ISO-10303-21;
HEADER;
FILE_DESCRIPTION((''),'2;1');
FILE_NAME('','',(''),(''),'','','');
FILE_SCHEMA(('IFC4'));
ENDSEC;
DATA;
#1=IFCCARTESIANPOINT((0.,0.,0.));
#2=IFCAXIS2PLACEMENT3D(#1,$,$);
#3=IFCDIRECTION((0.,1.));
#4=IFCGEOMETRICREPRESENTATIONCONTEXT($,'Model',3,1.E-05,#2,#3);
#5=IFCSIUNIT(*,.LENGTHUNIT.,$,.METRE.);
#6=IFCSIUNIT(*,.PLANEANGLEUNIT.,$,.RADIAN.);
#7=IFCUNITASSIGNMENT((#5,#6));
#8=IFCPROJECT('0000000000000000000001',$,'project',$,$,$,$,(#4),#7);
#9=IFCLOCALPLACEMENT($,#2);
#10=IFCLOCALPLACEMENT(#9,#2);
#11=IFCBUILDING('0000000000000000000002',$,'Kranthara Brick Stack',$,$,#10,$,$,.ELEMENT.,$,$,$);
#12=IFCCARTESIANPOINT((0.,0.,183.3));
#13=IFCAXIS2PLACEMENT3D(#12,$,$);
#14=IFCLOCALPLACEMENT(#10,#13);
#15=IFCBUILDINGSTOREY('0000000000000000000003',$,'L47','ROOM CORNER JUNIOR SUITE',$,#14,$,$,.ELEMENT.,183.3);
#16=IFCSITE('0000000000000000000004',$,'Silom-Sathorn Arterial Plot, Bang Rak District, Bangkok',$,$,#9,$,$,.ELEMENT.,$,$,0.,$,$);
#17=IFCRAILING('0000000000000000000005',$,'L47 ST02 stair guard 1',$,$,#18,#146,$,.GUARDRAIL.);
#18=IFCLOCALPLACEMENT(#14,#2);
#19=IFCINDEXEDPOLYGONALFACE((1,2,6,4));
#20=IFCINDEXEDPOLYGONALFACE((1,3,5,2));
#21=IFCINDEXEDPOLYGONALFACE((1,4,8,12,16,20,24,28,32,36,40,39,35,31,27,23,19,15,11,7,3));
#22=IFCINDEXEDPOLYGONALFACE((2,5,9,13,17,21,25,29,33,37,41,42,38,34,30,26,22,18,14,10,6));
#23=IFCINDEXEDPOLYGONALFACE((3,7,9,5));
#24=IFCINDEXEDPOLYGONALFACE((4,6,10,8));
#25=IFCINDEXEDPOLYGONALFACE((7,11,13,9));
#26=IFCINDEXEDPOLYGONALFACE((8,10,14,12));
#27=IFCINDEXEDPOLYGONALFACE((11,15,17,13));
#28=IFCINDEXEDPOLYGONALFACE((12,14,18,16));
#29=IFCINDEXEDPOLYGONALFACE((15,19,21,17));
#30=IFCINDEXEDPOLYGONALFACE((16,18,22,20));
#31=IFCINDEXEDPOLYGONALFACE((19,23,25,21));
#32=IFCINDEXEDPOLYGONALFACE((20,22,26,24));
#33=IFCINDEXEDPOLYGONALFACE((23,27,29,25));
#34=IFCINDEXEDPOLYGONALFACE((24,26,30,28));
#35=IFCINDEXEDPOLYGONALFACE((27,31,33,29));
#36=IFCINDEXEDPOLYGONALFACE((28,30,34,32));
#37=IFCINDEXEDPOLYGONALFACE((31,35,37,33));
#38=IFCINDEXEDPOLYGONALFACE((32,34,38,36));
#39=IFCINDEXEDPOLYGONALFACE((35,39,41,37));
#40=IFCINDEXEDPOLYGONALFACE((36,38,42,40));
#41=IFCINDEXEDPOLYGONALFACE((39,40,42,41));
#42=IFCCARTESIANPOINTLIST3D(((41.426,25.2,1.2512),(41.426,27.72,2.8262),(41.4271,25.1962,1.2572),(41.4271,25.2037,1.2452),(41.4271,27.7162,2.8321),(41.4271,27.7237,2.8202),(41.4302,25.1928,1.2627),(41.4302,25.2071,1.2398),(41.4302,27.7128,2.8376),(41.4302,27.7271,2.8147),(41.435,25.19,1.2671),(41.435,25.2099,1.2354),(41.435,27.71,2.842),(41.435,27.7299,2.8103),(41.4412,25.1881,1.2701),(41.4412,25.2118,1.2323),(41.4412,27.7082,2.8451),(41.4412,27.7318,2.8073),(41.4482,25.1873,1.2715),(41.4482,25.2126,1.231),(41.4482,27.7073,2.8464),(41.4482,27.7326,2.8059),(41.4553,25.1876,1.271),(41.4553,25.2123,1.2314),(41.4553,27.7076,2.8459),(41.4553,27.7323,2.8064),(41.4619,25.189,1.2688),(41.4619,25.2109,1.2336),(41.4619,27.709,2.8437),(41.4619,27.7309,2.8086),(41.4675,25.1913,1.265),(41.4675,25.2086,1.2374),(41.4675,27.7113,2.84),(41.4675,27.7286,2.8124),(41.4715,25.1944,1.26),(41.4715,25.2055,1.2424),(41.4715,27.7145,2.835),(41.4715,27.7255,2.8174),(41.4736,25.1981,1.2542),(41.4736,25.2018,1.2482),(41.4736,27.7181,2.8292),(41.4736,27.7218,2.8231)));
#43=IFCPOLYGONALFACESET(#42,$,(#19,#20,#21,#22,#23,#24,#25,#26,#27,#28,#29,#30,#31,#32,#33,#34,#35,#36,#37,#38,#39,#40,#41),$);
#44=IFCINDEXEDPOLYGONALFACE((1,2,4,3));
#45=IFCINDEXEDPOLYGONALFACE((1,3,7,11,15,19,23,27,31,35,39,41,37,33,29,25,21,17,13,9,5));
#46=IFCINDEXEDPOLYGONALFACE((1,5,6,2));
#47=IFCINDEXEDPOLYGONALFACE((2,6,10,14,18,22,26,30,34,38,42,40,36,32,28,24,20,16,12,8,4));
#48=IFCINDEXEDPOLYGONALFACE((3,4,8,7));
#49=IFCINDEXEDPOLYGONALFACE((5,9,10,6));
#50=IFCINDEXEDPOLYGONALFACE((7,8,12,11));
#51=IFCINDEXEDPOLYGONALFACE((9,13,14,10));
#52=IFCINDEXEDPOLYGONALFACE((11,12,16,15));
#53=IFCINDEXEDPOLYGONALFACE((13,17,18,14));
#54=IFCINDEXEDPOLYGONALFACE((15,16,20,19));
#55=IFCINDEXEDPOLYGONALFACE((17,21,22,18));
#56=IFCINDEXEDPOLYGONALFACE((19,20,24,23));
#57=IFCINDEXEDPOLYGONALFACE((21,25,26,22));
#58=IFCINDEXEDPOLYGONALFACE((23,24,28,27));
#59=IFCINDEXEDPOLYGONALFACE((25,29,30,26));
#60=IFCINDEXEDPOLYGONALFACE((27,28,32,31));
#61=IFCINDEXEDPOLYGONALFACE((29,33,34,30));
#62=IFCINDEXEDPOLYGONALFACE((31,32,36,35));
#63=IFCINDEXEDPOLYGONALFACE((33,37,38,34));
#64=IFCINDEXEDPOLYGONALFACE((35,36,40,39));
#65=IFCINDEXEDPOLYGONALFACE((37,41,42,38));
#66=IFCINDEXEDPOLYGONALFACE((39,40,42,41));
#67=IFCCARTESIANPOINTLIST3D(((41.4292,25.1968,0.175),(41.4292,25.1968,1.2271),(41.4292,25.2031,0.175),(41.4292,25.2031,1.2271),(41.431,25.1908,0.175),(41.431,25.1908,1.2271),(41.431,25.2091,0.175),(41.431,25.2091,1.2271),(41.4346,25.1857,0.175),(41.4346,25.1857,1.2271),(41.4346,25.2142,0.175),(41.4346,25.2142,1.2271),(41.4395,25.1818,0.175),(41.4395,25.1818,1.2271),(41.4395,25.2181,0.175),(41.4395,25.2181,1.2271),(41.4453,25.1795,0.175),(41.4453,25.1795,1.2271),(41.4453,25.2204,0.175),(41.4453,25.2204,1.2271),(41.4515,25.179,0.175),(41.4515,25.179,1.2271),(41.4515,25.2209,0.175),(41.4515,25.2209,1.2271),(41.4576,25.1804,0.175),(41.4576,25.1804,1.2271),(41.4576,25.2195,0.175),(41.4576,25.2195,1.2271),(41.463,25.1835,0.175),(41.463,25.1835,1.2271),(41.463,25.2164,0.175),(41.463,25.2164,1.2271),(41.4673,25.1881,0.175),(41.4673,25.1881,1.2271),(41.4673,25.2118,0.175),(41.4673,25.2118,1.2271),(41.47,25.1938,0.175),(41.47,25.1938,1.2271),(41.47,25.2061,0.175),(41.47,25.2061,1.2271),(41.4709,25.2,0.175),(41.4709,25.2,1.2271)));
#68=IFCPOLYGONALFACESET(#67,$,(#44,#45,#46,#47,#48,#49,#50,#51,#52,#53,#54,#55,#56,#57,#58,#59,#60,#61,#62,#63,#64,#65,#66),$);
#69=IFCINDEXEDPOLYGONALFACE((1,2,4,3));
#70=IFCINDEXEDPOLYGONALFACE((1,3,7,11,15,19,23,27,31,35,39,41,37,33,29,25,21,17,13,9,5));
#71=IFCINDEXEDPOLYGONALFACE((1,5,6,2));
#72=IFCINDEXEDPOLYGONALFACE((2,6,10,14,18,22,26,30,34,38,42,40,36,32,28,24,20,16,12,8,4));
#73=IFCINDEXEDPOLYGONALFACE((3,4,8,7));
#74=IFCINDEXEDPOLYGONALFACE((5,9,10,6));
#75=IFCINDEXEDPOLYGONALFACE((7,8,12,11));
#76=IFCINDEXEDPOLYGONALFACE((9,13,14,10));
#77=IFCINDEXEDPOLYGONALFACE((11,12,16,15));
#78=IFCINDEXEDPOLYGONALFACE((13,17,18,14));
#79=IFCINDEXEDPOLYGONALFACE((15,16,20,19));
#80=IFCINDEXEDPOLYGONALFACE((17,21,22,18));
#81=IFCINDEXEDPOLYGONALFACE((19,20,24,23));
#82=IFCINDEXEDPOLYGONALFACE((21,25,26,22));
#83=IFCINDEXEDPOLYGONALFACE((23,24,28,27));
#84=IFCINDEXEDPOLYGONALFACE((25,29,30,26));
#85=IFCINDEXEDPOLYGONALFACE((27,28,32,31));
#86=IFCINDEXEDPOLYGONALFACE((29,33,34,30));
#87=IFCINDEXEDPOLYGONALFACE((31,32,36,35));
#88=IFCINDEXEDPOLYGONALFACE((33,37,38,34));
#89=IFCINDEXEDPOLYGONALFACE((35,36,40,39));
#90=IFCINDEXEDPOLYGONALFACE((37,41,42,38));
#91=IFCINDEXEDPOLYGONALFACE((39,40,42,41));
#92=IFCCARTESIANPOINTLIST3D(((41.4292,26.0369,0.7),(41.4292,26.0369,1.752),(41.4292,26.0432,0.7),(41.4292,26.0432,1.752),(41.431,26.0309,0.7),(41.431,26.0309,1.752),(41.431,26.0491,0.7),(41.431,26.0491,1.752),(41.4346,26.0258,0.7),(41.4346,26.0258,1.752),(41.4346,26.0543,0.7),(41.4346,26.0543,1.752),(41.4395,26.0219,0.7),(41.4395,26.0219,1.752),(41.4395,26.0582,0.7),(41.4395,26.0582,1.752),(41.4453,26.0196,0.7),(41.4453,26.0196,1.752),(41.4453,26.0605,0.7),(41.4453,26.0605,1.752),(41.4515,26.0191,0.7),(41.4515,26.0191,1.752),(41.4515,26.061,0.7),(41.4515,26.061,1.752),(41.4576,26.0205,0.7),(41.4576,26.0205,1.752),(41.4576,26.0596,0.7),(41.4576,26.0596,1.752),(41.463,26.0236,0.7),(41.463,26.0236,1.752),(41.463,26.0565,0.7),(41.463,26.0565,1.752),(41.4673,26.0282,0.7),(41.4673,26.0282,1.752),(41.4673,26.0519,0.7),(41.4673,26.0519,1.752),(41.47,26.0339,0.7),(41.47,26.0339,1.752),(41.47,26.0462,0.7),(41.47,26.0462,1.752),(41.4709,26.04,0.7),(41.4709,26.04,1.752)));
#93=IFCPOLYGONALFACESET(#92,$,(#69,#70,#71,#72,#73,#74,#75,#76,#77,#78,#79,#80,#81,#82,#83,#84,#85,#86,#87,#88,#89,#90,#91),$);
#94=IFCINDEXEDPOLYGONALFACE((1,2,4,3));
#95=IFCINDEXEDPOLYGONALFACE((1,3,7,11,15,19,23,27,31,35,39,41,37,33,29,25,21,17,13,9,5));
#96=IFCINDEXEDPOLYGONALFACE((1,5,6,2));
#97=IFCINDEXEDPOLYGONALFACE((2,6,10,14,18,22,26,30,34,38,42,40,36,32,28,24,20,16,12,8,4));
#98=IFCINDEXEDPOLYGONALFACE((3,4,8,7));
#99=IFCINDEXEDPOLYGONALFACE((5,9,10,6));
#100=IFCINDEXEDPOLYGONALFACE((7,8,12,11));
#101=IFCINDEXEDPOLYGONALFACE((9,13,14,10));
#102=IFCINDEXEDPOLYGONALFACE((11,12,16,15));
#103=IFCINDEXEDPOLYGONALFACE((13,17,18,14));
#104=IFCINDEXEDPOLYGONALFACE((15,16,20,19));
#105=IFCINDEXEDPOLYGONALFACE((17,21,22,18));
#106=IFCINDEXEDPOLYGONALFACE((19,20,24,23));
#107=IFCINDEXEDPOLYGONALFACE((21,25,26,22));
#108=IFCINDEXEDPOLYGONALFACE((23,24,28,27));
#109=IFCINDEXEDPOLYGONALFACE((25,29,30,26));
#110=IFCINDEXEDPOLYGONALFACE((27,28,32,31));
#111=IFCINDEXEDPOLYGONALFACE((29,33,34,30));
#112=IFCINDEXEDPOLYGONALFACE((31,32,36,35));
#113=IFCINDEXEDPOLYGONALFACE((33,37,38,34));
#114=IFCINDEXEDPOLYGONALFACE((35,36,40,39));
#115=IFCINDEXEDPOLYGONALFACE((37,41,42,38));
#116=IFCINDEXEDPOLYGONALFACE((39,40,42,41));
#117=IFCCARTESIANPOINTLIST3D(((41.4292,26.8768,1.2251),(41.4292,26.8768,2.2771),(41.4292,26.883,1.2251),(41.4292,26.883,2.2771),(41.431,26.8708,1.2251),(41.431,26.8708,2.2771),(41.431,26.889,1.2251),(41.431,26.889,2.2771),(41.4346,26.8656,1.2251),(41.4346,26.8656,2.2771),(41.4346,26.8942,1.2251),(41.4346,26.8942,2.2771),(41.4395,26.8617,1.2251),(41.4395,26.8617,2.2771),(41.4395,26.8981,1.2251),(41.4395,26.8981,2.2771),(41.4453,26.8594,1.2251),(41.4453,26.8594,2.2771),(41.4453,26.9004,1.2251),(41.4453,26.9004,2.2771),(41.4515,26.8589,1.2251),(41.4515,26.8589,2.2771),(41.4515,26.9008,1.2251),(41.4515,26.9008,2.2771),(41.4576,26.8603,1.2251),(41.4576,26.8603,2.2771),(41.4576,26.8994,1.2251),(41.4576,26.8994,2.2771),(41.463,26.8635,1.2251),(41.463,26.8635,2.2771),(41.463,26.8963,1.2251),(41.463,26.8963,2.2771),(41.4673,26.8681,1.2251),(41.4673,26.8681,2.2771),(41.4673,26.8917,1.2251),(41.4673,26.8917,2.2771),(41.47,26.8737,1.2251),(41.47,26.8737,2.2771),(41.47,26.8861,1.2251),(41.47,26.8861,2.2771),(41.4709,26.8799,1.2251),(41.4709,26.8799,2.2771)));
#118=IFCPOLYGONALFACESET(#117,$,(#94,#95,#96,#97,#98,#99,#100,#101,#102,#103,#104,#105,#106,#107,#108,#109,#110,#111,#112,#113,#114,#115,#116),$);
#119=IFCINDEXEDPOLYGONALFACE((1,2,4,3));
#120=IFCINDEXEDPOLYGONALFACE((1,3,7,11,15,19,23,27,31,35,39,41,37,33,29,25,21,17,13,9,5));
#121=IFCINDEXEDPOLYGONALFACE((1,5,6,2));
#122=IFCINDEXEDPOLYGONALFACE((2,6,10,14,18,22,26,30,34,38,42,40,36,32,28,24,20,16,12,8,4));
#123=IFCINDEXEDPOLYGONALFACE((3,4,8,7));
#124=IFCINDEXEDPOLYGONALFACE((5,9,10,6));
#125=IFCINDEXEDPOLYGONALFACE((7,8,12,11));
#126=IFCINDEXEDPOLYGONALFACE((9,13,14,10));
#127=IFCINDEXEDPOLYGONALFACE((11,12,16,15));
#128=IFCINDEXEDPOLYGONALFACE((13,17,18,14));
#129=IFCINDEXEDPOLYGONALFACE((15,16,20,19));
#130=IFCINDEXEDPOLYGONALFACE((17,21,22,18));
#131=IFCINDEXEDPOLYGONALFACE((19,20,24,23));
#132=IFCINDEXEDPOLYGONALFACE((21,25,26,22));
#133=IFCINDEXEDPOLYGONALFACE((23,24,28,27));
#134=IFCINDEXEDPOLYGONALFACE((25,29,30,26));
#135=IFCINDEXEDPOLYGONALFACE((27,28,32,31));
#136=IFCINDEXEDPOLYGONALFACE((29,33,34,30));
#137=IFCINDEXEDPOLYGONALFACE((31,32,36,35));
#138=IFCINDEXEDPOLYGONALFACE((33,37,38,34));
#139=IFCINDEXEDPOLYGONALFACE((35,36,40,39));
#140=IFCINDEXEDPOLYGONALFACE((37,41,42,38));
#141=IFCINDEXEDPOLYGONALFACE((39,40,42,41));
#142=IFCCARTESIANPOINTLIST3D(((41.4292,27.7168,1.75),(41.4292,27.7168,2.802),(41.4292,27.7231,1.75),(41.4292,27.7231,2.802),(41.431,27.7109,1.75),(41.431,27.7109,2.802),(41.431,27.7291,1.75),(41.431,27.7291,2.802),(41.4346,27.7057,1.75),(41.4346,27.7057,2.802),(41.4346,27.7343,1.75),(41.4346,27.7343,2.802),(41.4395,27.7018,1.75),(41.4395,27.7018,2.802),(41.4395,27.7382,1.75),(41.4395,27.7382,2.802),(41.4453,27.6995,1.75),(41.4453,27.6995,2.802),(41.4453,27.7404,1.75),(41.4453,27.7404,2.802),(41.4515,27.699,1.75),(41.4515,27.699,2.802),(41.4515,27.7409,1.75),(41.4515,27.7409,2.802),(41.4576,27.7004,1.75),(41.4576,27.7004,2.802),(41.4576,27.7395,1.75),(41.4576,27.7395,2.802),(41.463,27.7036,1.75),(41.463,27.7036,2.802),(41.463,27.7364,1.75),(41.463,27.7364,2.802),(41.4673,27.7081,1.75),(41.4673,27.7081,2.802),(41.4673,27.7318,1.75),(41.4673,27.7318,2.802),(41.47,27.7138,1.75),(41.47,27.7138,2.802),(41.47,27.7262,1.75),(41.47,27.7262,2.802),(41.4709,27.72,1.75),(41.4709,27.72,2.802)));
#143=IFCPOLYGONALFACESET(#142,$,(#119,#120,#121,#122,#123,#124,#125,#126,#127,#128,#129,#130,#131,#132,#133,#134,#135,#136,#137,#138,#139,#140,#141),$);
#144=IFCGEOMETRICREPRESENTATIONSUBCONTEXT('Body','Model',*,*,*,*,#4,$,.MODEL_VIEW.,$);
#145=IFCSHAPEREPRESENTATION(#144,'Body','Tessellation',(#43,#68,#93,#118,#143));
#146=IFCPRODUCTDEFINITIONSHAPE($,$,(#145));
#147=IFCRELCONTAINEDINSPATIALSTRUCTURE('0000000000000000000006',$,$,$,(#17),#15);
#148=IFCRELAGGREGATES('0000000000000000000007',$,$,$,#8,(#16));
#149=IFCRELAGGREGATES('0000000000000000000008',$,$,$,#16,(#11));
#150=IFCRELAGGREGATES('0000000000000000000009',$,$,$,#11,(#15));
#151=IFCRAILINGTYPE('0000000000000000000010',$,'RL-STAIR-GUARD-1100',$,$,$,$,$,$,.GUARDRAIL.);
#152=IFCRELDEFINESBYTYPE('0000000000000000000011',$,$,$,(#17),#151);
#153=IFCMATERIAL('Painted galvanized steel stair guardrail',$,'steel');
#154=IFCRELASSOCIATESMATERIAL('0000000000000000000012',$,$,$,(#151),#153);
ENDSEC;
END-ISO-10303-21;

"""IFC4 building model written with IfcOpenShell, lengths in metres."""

from ifc_helpers import new_model, si_unit, direction, frame, origin, origin_2d, place, context, subcontext, project, spatial, circle, extrude, material, type_object, element, save


model = new_model("IFC4")

# Units and contexts
model_context = context("Model", 3, precision=1e-05, world=origin(), true_north=direction((0.0, 1.0)))
body_context = subcontext(model_context, "Body", "Model", "MODEL_VIEW")
ifc_project = project(units=[si_unit("LENGTHUNIT", "METRE"), si_unit("PLANEANGLEUNIT", "RADIAN")], contexts=[model_context])

# Site, building, storey
site_placement = place(None, origin())
site = spatial("IfcSite", under=ifc_project, at=site_placement, Name="Silom-Sathorn Arterial Plot, Bang Rak District, Bangkok", CompositionType="ELEMENT", RefElevation=0.0)
building_placement = place(site_placement, origin())
building = spatial("IfcBuilding", under=site, at=building_placement, Name="Kranthara Brick Stack", CompositionType="ELEMENT")
storey_placement = place(building_placement, frame((0.0, 0.0, 183.3)))
storey = spatial("IfcBuildingStorey", under=building, at=storey_placement, Name="L47", Description="ROOM CORNER JUNIOR SUITE", CompositionType="ELEMENT", Elevation=183.3)

# Railing
ifc_material_1 = material(Name="Painted galvanized steel stair guardrail", Category="steel")
railing_type_1 = type_object("IfcRailingType", Name="RL-STAIR-GUARD-1100", PredefinedType="GUARDRAIL", material=ifc_material_1)
railing_1_placement = place(storey_placement, frame((41.45, 25.2, 0.175)))
element("IfcRailing", 1, at=railing_1_placement, inside=storey, type_object=railing_type_1, Name="L47 ST02 stair guard 1", PredefinedType="GUARDRAIL", context=body_context, shape_type="SweptSolid", body=[
    extrude(circle(Radius=0.0239, at=origin_2d()), frame((0.0, 0.0, 1.0762), z_axis=(0.0, 0.848008, 0.529984), x_axis=(-1.0, 0.0, 0.0)), (0.0, 0.0, 1.0), 2.9717),
    extrude(circle(Radius=0.021, at=origin_2d()), origin(), (0.0, 0.0, 1.0), 1.052),
    extrude(circle(Radius=0.021, at=origin_2d()), frame((0.0, 0.8401, 0.5249)), (0.0, 0.0, 1.0), 1.052),
    extrude(circle(Radius=0.021, at=origin_2d()), frame((0.0, 1.6799, 1.05)), (0.0, 0.0, 1.0), 1.052),
    extrude(circle(Radius=0.021, at=origin_2d()), frame((0.0, 2.52, 1.575)), (0.0, 0.0, 1.0), 1.052),
])

save(model, "model.ifc")
